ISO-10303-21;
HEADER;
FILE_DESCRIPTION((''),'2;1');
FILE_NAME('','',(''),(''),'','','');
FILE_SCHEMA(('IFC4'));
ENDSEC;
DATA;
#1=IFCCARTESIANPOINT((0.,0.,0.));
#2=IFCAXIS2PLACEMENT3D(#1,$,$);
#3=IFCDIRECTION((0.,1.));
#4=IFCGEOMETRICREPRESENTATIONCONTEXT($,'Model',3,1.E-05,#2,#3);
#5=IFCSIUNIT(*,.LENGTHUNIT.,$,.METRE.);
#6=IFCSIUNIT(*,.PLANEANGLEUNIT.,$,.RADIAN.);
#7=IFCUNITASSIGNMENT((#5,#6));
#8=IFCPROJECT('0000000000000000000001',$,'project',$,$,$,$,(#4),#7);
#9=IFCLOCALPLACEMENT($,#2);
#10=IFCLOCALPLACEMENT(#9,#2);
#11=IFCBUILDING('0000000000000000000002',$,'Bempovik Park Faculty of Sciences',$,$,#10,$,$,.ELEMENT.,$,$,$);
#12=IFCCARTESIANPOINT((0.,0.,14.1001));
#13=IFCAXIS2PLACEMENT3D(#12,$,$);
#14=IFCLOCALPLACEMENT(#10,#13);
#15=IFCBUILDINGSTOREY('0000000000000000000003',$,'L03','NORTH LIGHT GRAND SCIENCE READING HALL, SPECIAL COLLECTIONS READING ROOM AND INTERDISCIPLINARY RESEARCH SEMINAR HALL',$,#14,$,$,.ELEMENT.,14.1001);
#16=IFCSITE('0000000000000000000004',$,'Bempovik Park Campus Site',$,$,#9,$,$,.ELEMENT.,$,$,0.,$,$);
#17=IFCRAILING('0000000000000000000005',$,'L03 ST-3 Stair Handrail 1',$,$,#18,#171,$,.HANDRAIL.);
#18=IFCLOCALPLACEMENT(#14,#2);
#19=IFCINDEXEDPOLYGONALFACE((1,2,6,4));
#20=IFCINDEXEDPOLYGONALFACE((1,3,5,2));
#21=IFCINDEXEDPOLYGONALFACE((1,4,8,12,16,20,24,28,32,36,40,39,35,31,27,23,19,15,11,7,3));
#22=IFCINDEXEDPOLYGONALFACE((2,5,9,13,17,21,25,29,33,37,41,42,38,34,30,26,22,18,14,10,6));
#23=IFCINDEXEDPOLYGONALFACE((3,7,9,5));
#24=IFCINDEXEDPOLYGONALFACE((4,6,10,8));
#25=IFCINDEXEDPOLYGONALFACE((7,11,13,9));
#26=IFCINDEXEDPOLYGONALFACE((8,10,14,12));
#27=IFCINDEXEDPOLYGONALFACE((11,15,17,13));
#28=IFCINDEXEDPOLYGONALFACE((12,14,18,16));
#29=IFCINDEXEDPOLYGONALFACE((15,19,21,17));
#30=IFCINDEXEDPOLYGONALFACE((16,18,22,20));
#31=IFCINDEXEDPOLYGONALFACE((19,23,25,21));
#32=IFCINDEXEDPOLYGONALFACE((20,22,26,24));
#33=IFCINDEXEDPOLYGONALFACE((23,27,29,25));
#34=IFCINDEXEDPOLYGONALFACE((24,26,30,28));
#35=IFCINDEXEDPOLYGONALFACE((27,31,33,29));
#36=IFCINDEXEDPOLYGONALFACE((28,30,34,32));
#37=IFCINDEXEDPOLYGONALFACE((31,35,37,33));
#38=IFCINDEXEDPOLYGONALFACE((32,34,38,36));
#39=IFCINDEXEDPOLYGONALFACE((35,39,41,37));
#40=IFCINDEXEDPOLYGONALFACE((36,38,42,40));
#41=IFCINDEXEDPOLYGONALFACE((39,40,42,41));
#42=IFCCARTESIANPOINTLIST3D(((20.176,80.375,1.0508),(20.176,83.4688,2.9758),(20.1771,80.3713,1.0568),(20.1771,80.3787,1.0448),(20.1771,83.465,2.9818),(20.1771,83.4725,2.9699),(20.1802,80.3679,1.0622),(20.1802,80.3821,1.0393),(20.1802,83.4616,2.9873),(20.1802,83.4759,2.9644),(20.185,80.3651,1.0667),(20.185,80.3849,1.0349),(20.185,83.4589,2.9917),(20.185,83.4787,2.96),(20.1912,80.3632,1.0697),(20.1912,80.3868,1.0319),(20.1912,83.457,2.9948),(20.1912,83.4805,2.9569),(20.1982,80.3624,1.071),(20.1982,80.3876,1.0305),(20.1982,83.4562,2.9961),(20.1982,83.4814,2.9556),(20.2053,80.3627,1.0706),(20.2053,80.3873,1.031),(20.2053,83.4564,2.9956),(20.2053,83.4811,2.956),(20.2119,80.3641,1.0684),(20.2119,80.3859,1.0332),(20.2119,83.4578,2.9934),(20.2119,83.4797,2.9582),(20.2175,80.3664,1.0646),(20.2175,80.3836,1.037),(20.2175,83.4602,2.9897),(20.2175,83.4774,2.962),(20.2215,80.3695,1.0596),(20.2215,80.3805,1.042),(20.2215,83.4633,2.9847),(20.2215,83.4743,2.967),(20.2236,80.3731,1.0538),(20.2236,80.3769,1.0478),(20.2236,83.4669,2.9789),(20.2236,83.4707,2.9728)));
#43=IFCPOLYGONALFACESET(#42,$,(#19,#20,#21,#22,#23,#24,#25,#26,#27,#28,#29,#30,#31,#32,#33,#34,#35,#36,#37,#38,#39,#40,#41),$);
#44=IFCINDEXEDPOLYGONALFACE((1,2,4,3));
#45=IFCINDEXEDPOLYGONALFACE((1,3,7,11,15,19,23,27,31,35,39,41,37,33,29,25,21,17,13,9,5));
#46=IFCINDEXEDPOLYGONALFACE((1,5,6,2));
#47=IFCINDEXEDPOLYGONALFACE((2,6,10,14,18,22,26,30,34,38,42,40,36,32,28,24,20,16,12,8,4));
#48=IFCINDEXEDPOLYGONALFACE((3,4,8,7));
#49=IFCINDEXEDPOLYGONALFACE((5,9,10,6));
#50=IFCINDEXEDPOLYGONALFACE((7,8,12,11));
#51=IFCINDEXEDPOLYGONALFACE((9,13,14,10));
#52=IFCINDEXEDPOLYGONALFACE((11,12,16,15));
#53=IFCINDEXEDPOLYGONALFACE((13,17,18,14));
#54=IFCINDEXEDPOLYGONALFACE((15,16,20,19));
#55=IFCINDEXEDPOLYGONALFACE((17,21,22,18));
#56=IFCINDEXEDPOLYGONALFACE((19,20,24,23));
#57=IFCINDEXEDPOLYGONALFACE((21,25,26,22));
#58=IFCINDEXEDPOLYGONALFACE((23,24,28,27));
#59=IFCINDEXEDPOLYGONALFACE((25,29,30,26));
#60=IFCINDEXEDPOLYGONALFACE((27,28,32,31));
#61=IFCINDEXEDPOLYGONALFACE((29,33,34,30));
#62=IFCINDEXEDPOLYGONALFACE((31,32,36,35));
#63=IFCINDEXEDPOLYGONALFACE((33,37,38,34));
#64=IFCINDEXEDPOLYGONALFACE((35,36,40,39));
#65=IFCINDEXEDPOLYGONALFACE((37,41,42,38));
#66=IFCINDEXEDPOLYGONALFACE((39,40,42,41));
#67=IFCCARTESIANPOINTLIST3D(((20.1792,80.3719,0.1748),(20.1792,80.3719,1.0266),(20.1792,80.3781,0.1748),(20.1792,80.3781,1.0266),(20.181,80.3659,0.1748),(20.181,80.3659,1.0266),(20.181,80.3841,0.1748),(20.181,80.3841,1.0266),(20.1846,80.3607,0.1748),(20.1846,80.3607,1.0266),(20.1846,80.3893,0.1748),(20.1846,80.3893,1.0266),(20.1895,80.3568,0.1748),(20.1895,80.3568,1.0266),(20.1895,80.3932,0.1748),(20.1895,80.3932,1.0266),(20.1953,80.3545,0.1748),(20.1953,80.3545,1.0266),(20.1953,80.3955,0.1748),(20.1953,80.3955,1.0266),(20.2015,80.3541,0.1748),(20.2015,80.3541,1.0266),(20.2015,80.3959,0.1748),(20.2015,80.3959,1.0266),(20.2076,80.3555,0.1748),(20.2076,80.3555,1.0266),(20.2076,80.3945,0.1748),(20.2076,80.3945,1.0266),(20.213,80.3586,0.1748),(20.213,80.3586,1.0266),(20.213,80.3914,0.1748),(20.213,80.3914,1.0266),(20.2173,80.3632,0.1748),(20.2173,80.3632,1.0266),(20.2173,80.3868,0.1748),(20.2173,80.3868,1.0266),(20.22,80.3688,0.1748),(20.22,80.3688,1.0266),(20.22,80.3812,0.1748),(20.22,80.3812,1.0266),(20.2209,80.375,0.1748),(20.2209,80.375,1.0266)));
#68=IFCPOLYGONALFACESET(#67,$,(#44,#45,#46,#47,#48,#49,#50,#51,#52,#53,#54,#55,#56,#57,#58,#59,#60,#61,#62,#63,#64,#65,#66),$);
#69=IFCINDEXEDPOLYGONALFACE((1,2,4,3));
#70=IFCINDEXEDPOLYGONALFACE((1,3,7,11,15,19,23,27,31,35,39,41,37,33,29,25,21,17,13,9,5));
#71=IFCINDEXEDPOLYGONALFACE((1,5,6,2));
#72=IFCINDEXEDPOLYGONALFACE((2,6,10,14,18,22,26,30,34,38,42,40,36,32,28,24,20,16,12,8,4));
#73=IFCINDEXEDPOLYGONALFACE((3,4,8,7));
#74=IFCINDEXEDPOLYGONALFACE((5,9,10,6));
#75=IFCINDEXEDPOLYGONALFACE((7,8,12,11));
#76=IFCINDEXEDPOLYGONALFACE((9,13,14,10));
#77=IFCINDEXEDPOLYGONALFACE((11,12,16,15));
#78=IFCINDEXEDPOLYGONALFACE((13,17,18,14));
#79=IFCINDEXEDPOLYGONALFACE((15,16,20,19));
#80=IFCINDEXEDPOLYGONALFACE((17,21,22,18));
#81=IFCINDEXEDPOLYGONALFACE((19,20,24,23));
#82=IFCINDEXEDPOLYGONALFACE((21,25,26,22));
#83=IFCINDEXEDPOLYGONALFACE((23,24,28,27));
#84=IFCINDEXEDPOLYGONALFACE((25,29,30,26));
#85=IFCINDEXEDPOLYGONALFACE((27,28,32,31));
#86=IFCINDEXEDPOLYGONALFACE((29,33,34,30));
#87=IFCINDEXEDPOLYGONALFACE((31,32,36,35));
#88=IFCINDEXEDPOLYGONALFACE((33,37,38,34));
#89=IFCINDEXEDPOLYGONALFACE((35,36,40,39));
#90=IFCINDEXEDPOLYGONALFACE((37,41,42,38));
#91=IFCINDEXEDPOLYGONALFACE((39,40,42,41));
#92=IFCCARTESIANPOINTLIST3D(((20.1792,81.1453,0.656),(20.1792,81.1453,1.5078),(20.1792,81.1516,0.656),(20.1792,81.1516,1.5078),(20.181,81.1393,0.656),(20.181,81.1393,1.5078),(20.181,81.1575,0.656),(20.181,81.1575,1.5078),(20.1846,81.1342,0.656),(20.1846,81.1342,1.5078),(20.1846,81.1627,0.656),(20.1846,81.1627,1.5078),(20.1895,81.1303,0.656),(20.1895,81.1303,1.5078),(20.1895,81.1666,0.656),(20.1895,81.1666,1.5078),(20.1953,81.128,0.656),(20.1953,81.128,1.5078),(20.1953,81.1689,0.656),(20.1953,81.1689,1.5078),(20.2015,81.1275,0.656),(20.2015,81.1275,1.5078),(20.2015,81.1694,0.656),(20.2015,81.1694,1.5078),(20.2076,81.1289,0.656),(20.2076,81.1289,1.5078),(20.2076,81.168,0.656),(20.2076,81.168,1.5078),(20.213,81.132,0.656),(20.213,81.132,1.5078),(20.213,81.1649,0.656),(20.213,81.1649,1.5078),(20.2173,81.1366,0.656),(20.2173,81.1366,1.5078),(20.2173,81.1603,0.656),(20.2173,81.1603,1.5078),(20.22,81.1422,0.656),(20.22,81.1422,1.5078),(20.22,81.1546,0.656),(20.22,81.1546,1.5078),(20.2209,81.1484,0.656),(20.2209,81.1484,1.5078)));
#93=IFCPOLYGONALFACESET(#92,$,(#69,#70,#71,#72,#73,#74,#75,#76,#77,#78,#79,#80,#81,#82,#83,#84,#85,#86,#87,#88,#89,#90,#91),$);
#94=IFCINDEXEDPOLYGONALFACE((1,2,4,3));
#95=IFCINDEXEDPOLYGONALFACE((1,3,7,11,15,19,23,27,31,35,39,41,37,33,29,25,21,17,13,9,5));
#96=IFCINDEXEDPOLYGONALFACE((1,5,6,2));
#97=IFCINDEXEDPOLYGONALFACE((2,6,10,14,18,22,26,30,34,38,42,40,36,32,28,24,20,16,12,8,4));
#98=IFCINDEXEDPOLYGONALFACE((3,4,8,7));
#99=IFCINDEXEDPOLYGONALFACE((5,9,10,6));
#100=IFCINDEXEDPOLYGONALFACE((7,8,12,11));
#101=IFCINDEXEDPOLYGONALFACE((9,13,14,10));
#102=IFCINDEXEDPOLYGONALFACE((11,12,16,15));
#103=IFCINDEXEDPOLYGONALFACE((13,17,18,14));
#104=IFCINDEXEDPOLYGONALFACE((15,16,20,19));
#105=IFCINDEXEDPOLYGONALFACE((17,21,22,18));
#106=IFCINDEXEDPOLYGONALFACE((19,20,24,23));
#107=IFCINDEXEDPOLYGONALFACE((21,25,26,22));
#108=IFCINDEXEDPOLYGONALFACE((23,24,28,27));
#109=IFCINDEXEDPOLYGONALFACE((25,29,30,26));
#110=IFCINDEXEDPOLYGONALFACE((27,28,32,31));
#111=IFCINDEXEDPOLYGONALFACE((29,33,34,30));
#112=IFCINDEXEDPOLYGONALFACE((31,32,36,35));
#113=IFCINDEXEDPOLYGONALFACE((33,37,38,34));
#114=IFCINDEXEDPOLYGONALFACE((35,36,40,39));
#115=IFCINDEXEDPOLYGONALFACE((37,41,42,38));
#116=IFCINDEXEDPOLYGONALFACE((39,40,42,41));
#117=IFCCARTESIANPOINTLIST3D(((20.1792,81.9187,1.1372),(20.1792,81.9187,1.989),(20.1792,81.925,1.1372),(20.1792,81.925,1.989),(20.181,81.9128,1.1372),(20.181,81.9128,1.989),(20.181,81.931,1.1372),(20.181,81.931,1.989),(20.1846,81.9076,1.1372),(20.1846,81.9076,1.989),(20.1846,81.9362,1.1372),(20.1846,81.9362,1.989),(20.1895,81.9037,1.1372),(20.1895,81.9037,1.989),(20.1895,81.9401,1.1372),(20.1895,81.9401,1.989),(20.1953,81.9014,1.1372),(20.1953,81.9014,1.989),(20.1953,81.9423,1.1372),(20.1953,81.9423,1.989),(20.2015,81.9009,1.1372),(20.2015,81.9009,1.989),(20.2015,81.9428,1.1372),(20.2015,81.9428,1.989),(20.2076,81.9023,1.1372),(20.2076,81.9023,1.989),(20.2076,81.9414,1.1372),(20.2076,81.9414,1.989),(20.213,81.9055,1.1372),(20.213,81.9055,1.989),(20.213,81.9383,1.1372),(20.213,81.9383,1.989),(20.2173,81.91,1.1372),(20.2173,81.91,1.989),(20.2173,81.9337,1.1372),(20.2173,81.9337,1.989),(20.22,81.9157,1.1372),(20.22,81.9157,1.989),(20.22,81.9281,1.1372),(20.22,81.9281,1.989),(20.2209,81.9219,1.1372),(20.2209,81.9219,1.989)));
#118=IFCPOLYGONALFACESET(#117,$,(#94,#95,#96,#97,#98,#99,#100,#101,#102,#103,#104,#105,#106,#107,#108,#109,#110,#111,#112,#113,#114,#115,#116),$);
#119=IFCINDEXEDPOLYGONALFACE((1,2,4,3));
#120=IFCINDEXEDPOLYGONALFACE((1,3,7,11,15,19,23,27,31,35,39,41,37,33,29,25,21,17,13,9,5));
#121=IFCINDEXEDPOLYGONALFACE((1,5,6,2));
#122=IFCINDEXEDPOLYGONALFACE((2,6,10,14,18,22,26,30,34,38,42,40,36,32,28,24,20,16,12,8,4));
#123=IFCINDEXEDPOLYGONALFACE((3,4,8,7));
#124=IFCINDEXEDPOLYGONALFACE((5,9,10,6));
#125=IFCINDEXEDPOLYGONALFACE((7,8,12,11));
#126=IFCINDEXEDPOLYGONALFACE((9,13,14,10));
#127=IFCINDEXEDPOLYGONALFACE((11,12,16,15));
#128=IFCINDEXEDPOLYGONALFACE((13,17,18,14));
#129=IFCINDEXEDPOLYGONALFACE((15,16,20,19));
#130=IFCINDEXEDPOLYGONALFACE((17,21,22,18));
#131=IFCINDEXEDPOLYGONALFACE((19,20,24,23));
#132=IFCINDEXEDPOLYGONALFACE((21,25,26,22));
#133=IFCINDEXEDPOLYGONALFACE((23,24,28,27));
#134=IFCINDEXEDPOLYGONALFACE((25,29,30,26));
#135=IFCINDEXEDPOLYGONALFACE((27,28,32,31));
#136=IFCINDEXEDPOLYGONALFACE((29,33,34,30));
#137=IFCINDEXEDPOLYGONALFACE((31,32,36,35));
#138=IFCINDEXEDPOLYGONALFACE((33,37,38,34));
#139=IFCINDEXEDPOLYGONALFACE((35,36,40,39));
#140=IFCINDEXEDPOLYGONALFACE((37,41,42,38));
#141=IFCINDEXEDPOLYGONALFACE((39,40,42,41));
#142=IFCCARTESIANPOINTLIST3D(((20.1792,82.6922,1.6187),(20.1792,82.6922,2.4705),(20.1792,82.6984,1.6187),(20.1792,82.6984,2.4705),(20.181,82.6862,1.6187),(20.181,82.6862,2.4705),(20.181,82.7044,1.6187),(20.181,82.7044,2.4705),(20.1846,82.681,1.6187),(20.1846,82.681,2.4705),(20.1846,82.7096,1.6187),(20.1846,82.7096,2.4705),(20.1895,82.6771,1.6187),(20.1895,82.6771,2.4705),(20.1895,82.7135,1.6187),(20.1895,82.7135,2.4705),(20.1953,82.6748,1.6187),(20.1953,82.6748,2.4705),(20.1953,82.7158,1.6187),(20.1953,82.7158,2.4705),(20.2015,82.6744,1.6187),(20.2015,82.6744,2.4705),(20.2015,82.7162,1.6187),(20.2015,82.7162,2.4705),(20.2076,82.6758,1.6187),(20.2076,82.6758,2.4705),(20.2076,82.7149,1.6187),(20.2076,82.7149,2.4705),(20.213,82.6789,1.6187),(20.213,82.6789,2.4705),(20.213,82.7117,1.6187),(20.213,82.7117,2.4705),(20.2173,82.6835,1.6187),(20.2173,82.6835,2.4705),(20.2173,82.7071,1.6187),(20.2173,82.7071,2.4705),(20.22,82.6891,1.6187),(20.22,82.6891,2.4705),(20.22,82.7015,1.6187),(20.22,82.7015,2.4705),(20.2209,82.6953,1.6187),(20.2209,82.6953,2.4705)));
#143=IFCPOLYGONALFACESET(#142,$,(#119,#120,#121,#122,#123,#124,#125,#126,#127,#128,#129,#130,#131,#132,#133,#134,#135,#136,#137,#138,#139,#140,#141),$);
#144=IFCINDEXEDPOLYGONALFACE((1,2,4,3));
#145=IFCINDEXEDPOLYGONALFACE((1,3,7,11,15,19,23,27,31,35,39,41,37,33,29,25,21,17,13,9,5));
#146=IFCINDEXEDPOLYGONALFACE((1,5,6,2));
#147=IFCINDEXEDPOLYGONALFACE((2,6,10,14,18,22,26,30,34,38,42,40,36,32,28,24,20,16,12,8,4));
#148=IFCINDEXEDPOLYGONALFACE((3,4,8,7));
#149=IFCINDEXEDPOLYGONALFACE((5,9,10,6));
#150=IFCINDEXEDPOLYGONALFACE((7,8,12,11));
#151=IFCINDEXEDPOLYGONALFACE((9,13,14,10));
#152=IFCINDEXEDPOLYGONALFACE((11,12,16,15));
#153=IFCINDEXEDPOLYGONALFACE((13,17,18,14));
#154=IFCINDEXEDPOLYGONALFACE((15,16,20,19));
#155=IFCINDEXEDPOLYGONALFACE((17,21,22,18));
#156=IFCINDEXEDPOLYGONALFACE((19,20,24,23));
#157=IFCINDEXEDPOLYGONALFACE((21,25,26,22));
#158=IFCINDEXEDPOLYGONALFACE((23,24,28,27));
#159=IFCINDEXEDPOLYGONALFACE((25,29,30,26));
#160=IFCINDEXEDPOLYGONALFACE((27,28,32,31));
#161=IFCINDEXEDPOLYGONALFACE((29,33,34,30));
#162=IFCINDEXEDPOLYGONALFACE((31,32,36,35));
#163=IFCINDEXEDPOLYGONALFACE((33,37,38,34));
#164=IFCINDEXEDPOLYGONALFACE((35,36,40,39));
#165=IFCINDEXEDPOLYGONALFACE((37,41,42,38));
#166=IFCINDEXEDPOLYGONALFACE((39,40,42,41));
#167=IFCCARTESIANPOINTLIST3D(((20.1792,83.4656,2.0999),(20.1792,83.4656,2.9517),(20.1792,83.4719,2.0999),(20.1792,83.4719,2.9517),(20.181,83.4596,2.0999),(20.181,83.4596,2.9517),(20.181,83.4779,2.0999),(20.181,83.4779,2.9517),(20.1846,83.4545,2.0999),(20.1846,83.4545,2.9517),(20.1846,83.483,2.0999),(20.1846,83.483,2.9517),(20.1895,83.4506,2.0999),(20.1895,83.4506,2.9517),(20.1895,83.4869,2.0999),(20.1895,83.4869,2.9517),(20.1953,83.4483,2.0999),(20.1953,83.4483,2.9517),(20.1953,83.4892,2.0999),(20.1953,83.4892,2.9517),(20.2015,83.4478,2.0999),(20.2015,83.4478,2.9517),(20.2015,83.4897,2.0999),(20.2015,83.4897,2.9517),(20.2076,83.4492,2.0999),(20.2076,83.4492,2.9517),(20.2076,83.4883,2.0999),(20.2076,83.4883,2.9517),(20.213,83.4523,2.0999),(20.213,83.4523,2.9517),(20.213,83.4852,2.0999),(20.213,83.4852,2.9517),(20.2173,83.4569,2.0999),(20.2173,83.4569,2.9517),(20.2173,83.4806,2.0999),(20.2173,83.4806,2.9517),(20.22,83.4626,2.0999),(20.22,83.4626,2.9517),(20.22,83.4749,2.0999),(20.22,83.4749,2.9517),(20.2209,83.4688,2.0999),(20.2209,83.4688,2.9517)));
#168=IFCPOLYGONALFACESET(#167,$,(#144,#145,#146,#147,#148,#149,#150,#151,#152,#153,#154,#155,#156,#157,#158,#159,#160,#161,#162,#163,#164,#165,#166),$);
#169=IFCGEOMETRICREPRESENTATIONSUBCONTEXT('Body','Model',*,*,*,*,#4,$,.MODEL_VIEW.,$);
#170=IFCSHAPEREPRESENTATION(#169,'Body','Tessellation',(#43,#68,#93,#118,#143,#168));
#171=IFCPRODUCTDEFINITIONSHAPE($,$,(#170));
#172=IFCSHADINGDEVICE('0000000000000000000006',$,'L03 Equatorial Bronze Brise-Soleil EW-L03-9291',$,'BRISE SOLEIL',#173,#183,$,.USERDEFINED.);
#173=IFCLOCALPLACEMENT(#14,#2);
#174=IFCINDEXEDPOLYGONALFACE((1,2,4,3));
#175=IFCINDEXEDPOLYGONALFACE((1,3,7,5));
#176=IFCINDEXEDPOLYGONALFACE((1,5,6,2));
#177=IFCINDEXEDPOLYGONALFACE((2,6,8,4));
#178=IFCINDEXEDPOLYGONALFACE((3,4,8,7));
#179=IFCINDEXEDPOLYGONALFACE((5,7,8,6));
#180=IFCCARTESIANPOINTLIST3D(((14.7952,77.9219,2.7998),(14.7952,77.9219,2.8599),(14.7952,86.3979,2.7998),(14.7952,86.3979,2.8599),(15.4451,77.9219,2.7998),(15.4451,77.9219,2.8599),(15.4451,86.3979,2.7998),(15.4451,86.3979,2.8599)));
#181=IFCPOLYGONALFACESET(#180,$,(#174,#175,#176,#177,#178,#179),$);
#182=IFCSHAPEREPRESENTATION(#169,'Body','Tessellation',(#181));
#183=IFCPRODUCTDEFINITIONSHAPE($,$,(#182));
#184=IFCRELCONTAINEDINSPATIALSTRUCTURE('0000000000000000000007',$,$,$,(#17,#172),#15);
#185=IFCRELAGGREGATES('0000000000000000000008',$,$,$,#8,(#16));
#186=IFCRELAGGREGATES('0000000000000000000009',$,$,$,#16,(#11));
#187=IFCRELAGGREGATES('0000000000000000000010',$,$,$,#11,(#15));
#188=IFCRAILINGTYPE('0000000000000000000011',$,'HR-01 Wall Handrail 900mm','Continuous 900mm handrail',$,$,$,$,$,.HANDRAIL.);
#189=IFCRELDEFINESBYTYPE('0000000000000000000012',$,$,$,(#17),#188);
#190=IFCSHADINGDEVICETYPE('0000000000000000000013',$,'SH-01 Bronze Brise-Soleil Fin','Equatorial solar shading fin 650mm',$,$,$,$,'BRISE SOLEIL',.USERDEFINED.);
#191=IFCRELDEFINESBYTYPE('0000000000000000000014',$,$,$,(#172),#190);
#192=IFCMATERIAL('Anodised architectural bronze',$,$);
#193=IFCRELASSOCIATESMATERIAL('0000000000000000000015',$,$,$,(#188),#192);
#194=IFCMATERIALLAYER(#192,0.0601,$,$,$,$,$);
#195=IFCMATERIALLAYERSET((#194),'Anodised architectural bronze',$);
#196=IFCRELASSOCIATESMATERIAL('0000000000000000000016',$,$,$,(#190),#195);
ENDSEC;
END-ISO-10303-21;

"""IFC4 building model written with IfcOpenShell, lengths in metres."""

from ifc_helpers import new_model, si_unit, direction, frame, origin, origin_2d, place, context, subcontext, project, spatial, rectangle, circle, extrude, material, layer, layer_set, type_object, element, save


model = new_model("IFC4")

# Units and contexts
model_context = context("Model", 3, precision=1e-05, world=origin(), true_north=direction((0.0, 1.0)))
body_context = subcontext(model_context, "Body", "Model", "MODEL_VIEW")
ifc_project = project(units=[si_unit("LENGTHUNIT", "METRE"), si_unit("PLANEANGLEUNIT", "RADIAN")], contexts=[model_context])

# Site, building, storey
site_placement = place(None, origin())
site = spatial("IfcSite", under=ifc_project, at=site_placement, Name="Bempovik Park Campus Site", CompositionType="ELEMENT", RefElevation=0.0)
building_placement = place(site_placement, origin())
building = spatial("IfcBuilding", under=site, at=building_placement, Name="Bempovik Park Faculty of Sciences", CompositionType="ELEMENT")
storey_placement = place(building_placement, frame((0.0, 0.0, 14.1001)))
storey = spatial("IfcBuildingStorey", under=building, at=storey_placement, Name="L03", Description="NORTH LIGHT GRAND SCIENCE READING HALL, SPECIAL COLLECTIONS READING ROOM AND INTERDISCIPLINARY RESEARCH SEMINAR HALL", CompositionType="ELEMENT", Elevation=14.1001)

# Railing
ifc_material_1 = material(Name="Anodised architectural bronze")
railing_type_1 = type_object("IfcRailingType", Name="HR-01 Wall Handrail 900mm", Description="Continuous 900mm handrail", PredefinedType="HANDRAIL", material=ifc_material_1)
railing_1_placement = place(storey_placement, frame((20.2, 80.375, 0.1748)))
element("IfcRailing", 1, at=railing_1_placement, inside=storey, type_object=railing_type_1, Name="L03 ST-3 Stair Handrail 1", PredefinedType="HANDRAIL", context=body_context, shape_type="SweptSolid", body=[
    extrude(circle(Radius=0.0239, at=origin_2d()), frame((0.0, 0.0, 0.876), z_axis=(0.0, 0.849051, 0.528312), x_axis=(-1.0, 0.0, 0.0)), (0.0, 0.0, 1.0), 3.6438),
    extrude(circle(Radius=0.021, at=origin_2d()), origin(), (0.0, 0.0, 1.0), 0.8518),
    extrude(circle(Radius=0.021, at=origin_2d()), frame((0.0, 0.7734, 0.4812)), (0.0, 0.0, 1.0), 0.8518),
    extrude(circle(Radius=0.021, at=origin_2d()), frame((0.0, 1.5469, 0.9624)), (0.0, 0.0, 1.0), 0.8518),
    extrude(circle(Radius=0.021, at=origin_2d()), frame((0.0, 2.3203, 1.4438)), (0.0, 0.0, 1.0), 0.8518),
    extrude(circle(Radius=0.021, at=origin_2d()), frame((0.0, 3.0938, 1.925)), (0.0, 0.0, 1.0), 0.8518),
])

# Shading device
ifc_layer_1 = layer(ifc_material_1, 0.0601)
ifc_layer_set_1 = layer_set([ifc_layer_1], Name="Anodised architectural bronze")
shading_device_type = type_object("IfcShadingDeviceType", Name="SH-01 Bronze Brise-Soleil Fin", Description="Equatorial solar shading fin 650mm", ElementType="BRISE SOLEIL", PredefinedType="USERDEFINED", material=ifc_layer_set_1)
shading_device_placement = place(storey_placement, frame((15.1201, 82.1599, 2.7998), z_axis=(0.0, 0.0, 1.0), x_axis=(1.0, 0.0, 0.0)))
element("IfcShadingDevice", 2, at=shading_device_placement, inside=storey, type_object=shading_device_type, Name="L03 Equatorial Bronze Brise-Soleil EW-L03-9291", ObjectType="BRISE SOLEIL", PredefinedType="USERDEFINED", context=body_context, shape_type="SweptSolid", body=[
    extrude(rectangle(XDim=0.6499, YDim=8.4761, at=origin_2d()), origin(), (0.0, 0.0, 1.0), 0.0601),
])

save(model, "model.ifc")
